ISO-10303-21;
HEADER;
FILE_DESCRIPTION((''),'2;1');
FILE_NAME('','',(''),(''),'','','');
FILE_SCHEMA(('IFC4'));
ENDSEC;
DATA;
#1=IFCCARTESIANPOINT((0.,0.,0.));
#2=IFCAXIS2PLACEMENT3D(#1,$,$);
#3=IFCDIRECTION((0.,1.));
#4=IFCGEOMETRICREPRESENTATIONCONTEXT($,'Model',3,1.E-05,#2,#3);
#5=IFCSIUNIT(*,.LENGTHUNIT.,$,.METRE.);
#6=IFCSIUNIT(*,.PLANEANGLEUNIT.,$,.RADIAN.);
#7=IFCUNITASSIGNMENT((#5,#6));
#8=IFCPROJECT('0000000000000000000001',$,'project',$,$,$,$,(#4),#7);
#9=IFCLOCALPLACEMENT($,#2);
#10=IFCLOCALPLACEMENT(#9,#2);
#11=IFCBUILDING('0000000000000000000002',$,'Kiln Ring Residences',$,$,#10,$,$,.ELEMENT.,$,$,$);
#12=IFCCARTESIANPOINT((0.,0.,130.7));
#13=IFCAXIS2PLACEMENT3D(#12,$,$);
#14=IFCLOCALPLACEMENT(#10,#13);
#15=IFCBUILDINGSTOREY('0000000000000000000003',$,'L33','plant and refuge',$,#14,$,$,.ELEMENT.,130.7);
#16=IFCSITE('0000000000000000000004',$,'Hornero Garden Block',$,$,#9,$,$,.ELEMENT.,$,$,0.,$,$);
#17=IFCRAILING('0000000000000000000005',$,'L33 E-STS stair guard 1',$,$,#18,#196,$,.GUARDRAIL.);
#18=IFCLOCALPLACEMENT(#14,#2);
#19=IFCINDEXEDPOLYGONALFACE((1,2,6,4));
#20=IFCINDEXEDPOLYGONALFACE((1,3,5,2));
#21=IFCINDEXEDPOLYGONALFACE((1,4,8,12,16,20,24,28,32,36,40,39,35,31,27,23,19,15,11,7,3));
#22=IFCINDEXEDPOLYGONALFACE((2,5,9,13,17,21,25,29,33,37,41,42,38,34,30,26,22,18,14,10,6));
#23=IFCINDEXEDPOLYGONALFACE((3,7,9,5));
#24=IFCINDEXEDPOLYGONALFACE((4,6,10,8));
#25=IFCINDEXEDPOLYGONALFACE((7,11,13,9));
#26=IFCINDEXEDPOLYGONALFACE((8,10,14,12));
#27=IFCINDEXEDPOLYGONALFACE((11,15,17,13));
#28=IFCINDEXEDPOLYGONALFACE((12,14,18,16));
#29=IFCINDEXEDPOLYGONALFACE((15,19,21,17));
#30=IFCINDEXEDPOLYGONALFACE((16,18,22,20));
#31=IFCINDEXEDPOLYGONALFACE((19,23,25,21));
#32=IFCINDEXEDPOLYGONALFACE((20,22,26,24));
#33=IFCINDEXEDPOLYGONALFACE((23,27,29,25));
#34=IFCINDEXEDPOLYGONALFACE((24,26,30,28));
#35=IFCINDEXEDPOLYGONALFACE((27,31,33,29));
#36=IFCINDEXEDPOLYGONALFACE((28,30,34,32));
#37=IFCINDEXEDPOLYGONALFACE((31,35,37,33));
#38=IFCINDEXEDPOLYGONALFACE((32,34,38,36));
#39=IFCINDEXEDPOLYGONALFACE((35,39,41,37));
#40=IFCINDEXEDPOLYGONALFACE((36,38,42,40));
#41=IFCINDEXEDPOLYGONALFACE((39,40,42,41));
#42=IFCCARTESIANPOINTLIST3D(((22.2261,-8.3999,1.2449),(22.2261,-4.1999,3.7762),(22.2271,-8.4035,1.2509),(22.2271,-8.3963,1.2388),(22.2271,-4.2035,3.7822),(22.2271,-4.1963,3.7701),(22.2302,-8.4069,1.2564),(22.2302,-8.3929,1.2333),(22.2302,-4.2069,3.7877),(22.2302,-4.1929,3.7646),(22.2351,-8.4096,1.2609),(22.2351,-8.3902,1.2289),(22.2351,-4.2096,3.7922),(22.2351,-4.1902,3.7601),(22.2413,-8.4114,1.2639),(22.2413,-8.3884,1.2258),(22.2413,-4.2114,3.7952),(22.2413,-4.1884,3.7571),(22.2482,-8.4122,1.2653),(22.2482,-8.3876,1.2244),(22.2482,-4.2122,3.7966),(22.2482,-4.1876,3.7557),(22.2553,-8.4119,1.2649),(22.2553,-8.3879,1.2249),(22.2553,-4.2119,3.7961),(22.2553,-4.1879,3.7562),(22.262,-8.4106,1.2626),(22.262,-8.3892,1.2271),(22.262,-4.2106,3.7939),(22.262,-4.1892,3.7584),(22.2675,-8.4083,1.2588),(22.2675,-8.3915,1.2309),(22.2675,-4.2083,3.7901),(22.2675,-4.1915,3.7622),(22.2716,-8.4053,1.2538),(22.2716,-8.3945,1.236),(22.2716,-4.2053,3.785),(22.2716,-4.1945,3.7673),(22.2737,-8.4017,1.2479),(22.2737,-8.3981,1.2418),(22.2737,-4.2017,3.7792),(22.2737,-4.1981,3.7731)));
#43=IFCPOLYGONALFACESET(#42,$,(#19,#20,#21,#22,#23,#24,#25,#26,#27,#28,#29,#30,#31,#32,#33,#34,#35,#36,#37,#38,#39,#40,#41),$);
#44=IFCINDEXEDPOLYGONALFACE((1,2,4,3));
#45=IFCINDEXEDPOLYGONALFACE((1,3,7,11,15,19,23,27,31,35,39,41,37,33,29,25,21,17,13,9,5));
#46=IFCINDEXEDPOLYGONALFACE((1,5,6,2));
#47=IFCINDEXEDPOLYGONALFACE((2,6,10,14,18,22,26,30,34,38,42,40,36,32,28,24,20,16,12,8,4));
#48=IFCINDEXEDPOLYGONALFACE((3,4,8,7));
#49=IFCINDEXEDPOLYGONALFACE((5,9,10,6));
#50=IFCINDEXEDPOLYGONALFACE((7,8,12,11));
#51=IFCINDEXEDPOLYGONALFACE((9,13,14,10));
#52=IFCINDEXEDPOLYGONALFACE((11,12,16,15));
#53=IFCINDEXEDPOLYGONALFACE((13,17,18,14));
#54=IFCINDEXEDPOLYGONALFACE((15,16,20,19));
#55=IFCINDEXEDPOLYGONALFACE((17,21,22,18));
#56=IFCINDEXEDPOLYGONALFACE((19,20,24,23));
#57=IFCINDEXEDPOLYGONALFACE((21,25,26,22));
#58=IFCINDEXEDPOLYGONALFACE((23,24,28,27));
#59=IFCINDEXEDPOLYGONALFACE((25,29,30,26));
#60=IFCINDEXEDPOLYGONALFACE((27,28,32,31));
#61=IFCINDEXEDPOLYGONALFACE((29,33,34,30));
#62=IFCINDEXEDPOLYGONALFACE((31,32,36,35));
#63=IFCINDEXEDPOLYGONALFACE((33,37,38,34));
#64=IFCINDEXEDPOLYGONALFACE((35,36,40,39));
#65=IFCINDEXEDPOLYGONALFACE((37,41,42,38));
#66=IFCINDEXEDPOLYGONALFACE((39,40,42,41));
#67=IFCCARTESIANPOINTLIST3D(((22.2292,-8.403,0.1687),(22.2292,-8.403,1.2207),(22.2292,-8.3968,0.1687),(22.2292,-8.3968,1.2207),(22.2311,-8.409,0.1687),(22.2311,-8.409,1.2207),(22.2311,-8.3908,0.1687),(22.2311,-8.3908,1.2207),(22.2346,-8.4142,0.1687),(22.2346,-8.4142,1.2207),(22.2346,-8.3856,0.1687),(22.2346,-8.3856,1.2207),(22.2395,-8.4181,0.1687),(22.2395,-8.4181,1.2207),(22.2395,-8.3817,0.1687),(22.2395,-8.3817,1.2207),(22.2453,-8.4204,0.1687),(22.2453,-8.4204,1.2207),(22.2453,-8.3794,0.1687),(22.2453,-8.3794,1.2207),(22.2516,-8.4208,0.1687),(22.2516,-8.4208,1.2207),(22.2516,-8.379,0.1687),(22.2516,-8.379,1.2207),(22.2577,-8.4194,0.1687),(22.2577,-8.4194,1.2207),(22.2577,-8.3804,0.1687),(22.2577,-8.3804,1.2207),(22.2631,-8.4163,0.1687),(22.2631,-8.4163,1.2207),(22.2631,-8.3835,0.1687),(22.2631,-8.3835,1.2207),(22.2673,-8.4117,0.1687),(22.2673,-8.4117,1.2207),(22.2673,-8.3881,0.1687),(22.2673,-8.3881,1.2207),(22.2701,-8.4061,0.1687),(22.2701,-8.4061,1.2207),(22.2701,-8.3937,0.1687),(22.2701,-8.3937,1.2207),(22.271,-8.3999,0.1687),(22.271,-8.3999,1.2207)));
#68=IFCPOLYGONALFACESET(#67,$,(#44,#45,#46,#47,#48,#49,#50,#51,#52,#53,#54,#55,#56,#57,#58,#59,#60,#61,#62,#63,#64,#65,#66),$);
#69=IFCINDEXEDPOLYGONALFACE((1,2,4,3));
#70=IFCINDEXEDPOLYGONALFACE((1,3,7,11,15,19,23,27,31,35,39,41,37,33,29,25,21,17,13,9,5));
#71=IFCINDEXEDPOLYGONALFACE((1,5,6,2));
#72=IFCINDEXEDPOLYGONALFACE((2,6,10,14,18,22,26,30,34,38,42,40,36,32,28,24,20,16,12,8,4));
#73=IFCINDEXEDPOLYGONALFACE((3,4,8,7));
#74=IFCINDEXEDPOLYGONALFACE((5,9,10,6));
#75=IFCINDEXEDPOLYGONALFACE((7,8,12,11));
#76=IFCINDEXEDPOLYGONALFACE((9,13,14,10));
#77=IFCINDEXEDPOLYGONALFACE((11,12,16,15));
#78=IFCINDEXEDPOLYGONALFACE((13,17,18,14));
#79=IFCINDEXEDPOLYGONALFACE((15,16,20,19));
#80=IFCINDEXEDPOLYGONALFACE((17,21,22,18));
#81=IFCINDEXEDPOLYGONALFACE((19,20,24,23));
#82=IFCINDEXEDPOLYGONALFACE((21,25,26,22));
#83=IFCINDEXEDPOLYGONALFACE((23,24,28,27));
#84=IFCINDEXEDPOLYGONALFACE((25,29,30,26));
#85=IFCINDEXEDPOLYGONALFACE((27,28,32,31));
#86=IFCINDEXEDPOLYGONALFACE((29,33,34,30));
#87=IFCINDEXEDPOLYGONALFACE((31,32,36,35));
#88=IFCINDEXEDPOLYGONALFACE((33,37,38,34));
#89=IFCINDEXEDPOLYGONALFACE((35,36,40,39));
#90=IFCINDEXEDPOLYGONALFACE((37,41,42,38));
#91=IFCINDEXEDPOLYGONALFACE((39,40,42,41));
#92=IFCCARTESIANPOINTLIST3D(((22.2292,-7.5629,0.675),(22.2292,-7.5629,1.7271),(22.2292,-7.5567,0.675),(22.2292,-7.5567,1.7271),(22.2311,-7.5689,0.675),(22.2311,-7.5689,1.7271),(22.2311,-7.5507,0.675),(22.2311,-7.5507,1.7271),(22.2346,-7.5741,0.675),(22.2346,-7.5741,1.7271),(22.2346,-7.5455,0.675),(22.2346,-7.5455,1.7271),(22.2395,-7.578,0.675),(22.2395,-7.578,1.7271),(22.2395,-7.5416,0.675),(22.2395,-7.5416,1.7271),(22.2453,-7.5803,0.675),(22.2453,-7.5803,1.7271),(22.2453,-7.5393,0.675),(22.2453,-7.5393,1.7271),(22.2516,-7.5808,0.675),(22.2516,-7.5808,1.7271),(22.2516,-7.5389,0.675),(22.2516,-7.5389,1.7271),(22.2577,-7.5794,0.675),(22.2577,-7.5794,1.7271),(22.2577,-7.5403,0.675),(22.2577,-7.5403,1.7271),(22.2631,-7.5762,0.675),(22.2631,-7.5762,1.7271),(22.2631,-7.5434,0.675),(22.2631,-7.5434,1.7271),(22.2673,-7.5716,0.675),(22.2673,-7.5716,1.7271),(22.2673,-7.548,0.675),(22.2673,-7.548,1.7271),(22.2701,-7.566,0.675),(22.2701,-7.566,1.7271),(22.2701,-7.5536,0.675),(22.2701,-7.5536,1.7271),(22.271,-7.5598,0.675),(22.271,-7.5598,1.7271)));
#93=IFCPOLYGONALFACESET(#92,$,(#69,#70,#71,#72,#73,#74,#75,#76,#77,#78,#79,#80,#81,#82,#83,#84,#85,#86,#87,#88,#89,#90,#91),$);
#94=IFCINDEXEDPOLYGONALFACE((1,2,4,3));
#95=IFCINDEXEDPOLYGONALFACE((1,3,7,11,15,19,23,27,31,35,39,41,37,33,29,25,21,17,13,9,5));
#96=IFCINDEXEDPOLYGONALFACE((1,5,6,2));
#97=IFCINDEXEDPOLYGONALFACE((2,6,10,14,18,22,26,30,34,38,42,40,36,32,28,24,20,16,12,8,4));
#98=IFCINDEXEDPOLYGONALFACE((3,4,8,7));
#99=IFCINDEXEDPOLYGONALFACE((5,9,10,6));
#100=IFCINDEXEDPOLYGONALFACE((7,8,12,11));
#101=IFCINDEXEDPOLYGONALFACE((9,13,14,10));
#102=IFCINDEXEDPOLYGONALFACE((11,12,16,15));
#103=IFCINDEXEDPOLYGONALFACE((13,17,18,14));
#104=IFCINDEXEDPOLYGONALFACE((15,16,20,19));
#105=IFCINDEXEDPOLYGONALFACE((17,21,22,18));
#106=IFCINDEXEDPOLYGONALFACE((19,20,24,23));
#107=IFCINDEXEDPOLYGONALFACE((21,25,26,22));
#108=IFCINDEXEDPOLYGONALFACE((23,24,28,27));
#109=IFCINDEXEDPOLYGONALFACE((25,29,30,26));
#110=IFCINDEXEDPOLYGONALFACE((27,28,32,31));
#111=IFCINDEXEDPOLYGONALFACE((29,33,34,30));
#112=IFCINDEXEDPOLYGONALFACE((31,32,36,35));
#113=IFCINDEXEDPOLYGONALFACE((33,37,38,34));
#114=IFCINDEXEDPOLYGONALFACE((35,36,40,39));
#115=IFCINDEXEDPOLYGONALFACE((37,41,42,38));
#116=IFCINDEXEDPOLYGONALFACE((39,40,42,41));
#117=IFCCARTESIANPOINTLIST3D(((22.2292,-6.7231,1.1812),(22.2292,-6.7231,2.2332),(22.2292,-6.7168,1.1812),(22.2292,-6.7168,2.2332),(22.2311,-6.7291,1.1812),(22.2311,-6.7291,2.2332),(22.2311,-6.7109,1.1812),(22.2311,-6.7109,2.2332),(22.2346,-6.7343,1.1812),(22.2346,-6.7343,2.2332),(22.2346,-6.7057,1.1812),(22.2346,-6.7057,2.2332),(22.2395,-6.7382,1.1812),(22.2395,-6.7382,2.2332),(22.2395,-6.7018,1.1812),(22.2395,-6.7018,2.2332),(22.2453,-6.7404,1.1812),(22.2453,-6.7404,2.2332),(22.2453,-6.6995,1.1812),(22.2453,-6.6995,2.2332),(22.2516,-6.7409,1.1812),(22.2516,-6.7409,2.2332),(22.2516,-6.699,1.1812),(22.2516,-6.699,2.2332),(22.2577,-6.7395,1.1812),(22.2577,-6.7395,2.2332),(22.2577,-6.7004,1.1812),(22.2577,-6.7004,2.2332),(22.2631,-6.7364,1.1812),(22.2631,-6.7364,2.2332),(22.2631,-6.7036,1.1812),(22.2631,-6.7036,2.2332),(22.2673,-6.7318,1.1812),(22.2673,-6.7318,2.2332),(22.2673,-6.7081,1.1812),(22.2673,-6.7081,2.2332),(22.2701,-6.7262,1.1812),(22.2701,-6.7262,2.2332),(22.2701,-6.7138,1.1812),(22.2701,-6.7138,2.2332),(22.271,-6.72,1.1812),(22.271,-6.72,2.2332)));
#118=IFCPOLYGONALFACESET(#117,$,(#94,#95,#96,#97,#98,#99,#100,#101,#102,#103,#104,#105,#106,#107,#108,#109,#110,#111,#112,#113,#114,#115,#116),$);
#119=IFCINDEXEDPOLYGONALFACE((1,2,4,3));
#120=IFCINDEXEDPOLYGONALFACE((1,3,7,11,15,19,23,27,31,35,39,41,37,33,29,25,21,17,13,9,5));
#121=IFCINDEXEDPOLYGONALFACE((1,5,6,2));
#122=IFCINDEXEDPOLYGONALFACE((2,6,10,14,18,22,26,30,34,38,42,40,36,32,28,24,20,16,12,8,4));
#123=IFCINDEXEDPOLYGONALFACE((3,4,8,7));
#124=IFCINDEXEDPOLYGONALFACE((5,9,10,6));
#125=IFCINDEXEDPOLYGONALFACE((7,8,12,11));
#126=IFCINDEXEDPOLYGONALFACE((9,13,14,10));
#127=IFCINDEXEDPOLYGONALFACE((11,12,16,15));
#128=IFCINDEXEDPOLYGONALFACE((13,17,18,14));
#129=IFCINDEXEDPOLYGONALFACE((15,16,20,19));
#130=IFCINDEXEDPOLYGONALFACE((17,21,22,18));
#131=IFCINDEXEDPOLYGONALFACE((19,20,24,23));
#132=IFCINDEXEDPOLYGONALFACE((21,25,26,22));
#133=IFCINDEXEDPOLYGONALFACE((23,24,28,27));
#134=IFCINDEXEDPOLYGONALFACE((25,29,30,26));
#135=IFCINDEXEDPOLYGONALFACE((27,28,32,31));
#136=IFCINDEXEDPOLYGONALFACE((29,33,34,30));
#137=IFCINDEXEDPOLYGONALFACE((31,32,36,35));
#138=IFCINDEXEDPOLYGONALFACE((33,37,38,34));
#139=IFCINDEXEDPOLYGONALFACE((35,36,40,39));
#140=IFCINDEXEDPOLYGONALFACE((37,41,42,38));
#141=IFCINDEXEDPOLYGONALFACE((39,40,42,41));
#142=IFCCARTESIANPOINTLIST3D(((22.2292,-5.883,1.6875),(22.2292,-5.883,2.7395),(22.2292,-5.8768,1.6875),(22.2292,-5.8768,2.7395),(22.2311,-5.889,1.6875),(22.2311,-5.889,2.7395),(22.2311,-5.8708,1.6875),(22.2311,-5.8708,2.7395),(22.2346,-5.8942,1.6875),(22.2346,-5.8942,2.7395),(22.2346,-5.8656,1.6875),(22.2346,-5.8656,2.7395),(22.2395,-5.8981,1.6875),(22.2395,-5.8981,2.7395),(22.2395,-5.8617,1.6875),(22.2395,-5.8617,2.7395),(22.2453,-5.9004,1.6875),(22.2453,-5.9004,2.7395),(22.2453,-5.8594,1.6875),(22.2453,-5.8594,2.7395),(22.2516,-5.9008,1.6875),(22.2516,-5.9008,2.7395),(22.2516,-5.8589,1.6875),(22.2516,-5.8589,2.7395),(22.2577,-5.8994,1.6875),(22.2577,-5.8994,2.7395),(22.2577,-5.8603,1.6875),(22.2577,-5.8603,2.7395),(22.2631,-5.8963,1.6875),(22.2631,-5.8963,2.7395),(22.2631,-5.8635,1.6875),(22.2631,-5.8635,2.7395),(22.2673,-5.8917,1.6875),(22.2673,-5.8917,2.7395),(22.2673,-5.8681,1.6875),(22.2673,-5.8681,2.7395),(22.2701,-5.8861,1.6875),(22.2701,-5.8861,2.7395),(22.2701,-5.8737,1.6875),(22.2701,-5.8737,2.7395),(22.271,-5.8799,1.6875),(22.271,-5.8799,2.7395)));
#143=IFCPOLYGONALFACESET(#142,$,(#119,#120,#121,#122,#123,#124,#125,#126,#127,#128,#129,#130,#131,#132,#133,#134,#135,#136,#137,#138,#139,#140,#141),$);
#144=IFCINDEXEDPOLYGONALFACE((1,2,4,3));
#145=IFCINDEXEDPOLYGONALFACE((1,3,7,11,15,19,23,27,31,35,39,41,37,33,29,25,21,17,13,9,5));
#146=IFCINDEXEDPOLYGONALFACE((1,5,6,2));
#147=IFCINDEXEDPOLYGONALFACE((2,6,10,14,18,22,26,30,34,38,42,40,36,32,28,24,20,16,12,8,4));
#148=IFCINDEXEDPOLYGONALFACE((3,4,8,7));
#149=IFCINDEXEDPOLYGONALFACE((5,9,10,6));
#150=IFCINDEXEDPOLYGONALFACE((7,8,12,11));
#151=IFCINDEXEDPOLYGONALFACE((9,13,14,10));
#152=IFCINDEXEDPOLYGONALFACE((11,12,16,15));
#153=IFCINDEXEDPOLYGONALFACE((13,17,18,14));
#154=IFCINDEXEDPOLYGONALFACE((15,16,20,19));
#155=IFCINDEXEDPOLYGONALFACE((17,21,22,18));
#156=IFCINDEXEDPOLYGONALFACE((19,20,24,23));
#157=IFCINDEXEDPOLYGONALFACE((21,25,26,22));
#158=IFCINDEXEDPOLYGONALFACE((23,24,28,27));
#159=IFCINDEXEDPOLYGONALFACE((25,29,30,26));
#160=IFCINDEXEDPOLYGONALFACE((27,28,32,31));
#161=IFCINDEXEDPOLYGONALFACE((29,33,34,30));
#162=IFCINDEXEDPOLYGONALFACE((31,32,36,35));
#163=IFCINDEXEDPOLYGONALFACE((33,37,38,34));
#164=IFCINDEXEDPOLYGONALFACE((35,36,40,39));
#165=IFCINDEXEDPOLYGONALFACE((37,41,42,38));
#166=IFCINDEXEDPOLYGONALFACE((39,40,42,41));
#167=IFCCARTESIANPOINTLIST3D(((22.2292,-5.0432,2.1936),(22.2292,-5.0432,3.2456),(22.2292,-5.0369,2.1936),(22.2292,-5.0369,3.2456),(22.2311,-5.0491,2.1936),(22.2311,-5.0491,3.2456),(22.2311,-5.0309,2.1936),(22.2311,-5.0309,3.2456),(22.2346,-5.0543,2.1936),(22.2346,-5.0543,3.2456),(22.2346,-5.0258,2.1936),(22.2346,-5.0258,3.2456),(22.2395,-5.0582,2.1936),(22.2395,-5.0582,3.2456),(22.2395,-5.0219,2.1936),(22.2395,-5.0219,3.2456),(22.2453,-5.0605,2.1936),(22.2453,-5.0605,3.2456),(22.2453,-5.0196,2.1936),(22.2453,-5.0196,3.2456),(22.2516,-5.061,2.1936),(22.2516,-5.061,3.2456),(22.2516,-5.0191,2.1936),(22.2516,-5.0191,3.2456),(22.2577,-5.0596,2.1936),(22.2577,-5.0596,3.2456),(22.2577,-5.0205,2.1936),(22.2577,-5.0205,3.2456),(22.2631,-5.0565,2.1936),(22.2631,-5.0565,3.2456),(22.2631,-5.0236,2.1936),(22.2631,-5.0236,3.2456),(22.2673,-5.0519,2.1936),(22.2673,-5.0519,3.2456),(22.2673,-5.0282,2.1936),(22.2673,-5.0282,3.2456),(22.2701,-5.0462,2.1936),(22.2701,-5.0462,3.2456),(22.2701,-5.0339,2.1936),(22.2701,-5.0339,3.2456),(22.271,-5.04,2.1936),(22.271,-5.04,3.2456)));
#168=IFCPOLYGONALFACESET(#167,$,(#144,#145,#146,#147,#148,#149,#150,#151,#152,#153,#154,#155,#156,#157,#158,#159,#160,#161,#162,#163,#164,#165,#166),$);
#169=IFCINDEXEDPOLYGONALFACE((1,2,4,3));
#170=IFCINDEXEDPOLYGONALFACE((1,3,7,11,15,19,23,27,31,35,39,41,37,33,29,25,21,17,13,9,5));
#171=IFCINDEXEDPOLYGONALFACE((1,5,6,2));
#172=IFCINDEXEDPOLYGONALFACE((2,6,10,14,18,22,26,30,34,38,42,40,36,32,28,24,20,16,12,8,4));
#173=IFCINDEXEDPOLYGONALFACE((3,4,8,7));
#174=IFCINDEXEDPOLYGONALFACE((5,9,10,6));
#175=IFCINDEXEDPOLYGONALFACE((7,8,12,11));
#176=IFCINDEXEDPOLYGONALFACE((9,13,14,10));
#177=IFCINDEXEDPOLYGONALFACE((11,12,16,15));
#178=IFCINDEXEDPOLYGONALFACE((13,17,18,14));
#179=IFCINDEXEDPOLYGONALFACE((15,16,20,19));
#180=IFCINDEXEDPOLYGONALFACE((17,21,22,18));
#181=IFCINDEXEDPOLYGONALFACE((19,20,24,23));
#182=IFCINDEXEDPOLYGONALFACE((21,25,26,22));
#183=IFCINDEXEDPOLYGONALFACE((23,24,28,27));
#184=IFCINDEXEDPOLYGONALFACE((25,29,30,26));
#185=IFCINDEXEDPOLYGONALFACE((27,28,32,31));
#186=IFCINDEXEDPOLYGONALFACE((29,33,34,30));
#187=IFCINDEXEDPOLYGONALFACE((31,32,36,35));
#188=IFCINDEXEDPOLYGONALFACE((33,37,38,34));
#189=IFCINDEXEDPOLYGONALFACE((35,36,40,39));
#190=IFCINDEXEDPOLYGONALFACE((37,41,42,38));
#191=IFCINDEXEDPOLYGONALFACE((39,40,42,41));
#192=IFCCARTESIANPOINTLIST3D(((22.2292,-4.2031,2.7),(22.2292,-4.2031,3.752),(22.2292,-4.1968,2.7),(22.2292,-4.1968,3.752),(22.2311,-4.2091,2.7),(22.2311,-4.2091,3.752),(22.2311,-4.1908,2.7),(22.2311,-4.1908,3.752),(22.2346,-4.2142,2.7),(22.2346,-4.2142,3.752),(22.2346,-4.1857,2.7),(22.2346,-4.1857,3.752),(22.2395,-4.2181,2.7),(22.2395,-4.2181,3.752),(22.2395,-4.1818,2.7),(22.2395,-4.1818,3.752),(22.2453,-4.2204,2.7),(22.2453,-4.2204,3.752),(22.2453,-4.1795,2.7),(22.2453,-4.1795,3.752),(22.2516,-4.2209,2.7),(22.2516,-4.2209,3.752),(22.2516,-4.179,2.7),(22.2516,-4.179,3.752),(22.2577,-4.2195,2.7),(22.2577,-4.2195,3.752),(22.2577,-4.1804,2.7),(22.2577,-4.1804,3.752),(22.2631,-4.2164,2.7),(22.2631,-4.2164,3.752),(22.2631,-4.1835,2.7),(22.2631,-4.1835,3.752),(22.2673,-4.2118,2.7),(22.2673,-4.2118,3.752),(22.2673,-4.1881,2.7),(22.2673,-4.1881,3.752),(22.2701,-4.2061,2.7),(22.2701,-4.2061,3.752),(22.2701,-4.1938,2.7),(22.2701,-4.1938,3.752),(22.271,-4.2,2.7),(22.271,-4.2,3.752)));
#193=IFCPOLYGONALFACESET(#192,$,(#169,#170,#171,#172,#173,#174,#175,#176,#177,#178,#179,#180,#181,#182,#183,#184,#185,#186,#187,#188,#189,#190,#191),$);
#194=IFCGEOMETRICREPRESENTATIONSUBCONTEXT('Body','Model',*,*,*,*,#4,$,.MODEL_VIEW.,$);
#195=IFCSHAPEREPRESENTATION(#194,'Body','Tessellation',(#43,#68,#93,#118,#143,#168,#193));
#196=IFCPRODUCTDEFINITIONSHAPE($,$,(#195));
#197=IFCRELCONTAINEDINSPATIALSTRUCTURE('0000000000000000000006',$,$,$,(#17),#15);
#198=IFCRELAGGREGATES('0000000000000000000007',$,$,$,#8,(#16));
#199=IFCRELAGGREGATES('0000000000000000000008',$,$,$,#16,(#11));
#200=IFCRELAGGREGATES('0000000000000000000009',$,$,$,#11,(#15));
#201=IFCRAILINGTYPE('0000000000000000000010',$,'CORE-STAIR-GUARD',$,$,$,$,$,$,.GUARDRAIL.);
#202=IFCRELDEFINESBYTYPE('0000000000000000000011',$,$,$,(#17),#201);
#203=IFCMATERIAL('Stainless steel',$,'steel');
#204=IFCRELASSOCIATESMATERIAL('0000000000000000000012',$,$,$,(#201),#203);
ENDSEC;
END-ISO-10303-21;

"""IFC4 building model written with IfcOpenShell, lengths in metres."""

from ifc_helpers import new_model, si_unit, direction, frame, origin, origin_2d, place, context, subcontext, project, spatial, circle, extrude, material, type_object, element, save


model = new_model("IFC4")

# Units and contexts
model_context = context("Model", 3, precision=1e-05, world=origin(), true_north=direction((0.0, 1.0)))
body_context = subcontext(model_context, "Body", "Model", "MODEL_VIEW")
ifc_project = project(units=[si_unit("LENGTHUNIT", "METRE"), si_unit("PLANEANGLEUNIT", "RADIAN")], contexts=[model_context])

# Site, building, storey
site_placement = place(None, origin())
site = spatial("IfcSite", under=ifc_project, at=site_placement, Name="Hornero Garden Block", CompositionType="ELEMENT", RefElevation=0.0)
building_placement = place(site_placement, origin())
building = spatial("IfcBuilding", under=site, at=building_placement, Name="Kiln Ring Residences", CompositionType="ELEMENT")
storey_placement = place(building_placement, frame((0.0, 0.0, 130.7)))
storey = spatial("IfcBuildingStorey", under=building, at=storey_placement, Name="L33", Description="plant and refuge", CompositionType="ELEMENT", Elevation=130.7)

# Railing
ifc_material_1 = material(Name="Stainless steel", Category="steel")
railing_type_1 = type_object("IfcRailingType", Name="CORE-STAIR-GUARD", PredefinedType="GUARDRAIL", material=ifc_material_1)
railing_1_placement = place(storey_placement, frame((22.25, -8.3999, 0.1687)))
element("IfcRailing", 1, at=railing_1_placement, inside=storey, type_object=railing_type_1, Name="L33 E-STS stair guard 1", PredefinedType="GUARDRAIL", context=body_context, shape_type="SweptSolid", body=[
    extrude(circle(Radius=0.0239, at=origin_2d()), frame((0.0, 0.0, 1.0762), z_axis=(0.0, 0.856476, 0.516186), x_axis=(-1.0, 0.0, 0.0)), (0.0, 0.0, 1.0), 4.9038),
    extrude(circle(Radius=0.021, at=origin_2d()), origin(), (0.0, 0.0, 1.0), 1.052),
    extrude(circle(Radius=0.021, at=origin_2d()), frame((0.0, 0.8401, 0.5063)), (0.0, 0.0, 1.0), 1.052),
    extrude(circle(Radius=0.021, at=origin_2d()), frame((0.0, 1.6799, 1.0125)), (0.0, 0.0, 1.0), 1.052),
    extrude(circle(Radius=0.021, at=origin_2d()), frame((0.0, 2.52, 1.5188)), (0.0, 0.0, 1.0), 1.052),
    extrude(circle(Radius=0.021, at=origin_2d()), frame((0.0, 3.3599, 2.0249)), (0.0, 0.0, 1.0), 1.052),
    extrude(circle(Radius=0.021, at=origin_2d()), frame((0.0, 4.2, 2.5312)), (0.0, 0.0, 1.0), 1.052),
])

save(model, "model.ifc")
